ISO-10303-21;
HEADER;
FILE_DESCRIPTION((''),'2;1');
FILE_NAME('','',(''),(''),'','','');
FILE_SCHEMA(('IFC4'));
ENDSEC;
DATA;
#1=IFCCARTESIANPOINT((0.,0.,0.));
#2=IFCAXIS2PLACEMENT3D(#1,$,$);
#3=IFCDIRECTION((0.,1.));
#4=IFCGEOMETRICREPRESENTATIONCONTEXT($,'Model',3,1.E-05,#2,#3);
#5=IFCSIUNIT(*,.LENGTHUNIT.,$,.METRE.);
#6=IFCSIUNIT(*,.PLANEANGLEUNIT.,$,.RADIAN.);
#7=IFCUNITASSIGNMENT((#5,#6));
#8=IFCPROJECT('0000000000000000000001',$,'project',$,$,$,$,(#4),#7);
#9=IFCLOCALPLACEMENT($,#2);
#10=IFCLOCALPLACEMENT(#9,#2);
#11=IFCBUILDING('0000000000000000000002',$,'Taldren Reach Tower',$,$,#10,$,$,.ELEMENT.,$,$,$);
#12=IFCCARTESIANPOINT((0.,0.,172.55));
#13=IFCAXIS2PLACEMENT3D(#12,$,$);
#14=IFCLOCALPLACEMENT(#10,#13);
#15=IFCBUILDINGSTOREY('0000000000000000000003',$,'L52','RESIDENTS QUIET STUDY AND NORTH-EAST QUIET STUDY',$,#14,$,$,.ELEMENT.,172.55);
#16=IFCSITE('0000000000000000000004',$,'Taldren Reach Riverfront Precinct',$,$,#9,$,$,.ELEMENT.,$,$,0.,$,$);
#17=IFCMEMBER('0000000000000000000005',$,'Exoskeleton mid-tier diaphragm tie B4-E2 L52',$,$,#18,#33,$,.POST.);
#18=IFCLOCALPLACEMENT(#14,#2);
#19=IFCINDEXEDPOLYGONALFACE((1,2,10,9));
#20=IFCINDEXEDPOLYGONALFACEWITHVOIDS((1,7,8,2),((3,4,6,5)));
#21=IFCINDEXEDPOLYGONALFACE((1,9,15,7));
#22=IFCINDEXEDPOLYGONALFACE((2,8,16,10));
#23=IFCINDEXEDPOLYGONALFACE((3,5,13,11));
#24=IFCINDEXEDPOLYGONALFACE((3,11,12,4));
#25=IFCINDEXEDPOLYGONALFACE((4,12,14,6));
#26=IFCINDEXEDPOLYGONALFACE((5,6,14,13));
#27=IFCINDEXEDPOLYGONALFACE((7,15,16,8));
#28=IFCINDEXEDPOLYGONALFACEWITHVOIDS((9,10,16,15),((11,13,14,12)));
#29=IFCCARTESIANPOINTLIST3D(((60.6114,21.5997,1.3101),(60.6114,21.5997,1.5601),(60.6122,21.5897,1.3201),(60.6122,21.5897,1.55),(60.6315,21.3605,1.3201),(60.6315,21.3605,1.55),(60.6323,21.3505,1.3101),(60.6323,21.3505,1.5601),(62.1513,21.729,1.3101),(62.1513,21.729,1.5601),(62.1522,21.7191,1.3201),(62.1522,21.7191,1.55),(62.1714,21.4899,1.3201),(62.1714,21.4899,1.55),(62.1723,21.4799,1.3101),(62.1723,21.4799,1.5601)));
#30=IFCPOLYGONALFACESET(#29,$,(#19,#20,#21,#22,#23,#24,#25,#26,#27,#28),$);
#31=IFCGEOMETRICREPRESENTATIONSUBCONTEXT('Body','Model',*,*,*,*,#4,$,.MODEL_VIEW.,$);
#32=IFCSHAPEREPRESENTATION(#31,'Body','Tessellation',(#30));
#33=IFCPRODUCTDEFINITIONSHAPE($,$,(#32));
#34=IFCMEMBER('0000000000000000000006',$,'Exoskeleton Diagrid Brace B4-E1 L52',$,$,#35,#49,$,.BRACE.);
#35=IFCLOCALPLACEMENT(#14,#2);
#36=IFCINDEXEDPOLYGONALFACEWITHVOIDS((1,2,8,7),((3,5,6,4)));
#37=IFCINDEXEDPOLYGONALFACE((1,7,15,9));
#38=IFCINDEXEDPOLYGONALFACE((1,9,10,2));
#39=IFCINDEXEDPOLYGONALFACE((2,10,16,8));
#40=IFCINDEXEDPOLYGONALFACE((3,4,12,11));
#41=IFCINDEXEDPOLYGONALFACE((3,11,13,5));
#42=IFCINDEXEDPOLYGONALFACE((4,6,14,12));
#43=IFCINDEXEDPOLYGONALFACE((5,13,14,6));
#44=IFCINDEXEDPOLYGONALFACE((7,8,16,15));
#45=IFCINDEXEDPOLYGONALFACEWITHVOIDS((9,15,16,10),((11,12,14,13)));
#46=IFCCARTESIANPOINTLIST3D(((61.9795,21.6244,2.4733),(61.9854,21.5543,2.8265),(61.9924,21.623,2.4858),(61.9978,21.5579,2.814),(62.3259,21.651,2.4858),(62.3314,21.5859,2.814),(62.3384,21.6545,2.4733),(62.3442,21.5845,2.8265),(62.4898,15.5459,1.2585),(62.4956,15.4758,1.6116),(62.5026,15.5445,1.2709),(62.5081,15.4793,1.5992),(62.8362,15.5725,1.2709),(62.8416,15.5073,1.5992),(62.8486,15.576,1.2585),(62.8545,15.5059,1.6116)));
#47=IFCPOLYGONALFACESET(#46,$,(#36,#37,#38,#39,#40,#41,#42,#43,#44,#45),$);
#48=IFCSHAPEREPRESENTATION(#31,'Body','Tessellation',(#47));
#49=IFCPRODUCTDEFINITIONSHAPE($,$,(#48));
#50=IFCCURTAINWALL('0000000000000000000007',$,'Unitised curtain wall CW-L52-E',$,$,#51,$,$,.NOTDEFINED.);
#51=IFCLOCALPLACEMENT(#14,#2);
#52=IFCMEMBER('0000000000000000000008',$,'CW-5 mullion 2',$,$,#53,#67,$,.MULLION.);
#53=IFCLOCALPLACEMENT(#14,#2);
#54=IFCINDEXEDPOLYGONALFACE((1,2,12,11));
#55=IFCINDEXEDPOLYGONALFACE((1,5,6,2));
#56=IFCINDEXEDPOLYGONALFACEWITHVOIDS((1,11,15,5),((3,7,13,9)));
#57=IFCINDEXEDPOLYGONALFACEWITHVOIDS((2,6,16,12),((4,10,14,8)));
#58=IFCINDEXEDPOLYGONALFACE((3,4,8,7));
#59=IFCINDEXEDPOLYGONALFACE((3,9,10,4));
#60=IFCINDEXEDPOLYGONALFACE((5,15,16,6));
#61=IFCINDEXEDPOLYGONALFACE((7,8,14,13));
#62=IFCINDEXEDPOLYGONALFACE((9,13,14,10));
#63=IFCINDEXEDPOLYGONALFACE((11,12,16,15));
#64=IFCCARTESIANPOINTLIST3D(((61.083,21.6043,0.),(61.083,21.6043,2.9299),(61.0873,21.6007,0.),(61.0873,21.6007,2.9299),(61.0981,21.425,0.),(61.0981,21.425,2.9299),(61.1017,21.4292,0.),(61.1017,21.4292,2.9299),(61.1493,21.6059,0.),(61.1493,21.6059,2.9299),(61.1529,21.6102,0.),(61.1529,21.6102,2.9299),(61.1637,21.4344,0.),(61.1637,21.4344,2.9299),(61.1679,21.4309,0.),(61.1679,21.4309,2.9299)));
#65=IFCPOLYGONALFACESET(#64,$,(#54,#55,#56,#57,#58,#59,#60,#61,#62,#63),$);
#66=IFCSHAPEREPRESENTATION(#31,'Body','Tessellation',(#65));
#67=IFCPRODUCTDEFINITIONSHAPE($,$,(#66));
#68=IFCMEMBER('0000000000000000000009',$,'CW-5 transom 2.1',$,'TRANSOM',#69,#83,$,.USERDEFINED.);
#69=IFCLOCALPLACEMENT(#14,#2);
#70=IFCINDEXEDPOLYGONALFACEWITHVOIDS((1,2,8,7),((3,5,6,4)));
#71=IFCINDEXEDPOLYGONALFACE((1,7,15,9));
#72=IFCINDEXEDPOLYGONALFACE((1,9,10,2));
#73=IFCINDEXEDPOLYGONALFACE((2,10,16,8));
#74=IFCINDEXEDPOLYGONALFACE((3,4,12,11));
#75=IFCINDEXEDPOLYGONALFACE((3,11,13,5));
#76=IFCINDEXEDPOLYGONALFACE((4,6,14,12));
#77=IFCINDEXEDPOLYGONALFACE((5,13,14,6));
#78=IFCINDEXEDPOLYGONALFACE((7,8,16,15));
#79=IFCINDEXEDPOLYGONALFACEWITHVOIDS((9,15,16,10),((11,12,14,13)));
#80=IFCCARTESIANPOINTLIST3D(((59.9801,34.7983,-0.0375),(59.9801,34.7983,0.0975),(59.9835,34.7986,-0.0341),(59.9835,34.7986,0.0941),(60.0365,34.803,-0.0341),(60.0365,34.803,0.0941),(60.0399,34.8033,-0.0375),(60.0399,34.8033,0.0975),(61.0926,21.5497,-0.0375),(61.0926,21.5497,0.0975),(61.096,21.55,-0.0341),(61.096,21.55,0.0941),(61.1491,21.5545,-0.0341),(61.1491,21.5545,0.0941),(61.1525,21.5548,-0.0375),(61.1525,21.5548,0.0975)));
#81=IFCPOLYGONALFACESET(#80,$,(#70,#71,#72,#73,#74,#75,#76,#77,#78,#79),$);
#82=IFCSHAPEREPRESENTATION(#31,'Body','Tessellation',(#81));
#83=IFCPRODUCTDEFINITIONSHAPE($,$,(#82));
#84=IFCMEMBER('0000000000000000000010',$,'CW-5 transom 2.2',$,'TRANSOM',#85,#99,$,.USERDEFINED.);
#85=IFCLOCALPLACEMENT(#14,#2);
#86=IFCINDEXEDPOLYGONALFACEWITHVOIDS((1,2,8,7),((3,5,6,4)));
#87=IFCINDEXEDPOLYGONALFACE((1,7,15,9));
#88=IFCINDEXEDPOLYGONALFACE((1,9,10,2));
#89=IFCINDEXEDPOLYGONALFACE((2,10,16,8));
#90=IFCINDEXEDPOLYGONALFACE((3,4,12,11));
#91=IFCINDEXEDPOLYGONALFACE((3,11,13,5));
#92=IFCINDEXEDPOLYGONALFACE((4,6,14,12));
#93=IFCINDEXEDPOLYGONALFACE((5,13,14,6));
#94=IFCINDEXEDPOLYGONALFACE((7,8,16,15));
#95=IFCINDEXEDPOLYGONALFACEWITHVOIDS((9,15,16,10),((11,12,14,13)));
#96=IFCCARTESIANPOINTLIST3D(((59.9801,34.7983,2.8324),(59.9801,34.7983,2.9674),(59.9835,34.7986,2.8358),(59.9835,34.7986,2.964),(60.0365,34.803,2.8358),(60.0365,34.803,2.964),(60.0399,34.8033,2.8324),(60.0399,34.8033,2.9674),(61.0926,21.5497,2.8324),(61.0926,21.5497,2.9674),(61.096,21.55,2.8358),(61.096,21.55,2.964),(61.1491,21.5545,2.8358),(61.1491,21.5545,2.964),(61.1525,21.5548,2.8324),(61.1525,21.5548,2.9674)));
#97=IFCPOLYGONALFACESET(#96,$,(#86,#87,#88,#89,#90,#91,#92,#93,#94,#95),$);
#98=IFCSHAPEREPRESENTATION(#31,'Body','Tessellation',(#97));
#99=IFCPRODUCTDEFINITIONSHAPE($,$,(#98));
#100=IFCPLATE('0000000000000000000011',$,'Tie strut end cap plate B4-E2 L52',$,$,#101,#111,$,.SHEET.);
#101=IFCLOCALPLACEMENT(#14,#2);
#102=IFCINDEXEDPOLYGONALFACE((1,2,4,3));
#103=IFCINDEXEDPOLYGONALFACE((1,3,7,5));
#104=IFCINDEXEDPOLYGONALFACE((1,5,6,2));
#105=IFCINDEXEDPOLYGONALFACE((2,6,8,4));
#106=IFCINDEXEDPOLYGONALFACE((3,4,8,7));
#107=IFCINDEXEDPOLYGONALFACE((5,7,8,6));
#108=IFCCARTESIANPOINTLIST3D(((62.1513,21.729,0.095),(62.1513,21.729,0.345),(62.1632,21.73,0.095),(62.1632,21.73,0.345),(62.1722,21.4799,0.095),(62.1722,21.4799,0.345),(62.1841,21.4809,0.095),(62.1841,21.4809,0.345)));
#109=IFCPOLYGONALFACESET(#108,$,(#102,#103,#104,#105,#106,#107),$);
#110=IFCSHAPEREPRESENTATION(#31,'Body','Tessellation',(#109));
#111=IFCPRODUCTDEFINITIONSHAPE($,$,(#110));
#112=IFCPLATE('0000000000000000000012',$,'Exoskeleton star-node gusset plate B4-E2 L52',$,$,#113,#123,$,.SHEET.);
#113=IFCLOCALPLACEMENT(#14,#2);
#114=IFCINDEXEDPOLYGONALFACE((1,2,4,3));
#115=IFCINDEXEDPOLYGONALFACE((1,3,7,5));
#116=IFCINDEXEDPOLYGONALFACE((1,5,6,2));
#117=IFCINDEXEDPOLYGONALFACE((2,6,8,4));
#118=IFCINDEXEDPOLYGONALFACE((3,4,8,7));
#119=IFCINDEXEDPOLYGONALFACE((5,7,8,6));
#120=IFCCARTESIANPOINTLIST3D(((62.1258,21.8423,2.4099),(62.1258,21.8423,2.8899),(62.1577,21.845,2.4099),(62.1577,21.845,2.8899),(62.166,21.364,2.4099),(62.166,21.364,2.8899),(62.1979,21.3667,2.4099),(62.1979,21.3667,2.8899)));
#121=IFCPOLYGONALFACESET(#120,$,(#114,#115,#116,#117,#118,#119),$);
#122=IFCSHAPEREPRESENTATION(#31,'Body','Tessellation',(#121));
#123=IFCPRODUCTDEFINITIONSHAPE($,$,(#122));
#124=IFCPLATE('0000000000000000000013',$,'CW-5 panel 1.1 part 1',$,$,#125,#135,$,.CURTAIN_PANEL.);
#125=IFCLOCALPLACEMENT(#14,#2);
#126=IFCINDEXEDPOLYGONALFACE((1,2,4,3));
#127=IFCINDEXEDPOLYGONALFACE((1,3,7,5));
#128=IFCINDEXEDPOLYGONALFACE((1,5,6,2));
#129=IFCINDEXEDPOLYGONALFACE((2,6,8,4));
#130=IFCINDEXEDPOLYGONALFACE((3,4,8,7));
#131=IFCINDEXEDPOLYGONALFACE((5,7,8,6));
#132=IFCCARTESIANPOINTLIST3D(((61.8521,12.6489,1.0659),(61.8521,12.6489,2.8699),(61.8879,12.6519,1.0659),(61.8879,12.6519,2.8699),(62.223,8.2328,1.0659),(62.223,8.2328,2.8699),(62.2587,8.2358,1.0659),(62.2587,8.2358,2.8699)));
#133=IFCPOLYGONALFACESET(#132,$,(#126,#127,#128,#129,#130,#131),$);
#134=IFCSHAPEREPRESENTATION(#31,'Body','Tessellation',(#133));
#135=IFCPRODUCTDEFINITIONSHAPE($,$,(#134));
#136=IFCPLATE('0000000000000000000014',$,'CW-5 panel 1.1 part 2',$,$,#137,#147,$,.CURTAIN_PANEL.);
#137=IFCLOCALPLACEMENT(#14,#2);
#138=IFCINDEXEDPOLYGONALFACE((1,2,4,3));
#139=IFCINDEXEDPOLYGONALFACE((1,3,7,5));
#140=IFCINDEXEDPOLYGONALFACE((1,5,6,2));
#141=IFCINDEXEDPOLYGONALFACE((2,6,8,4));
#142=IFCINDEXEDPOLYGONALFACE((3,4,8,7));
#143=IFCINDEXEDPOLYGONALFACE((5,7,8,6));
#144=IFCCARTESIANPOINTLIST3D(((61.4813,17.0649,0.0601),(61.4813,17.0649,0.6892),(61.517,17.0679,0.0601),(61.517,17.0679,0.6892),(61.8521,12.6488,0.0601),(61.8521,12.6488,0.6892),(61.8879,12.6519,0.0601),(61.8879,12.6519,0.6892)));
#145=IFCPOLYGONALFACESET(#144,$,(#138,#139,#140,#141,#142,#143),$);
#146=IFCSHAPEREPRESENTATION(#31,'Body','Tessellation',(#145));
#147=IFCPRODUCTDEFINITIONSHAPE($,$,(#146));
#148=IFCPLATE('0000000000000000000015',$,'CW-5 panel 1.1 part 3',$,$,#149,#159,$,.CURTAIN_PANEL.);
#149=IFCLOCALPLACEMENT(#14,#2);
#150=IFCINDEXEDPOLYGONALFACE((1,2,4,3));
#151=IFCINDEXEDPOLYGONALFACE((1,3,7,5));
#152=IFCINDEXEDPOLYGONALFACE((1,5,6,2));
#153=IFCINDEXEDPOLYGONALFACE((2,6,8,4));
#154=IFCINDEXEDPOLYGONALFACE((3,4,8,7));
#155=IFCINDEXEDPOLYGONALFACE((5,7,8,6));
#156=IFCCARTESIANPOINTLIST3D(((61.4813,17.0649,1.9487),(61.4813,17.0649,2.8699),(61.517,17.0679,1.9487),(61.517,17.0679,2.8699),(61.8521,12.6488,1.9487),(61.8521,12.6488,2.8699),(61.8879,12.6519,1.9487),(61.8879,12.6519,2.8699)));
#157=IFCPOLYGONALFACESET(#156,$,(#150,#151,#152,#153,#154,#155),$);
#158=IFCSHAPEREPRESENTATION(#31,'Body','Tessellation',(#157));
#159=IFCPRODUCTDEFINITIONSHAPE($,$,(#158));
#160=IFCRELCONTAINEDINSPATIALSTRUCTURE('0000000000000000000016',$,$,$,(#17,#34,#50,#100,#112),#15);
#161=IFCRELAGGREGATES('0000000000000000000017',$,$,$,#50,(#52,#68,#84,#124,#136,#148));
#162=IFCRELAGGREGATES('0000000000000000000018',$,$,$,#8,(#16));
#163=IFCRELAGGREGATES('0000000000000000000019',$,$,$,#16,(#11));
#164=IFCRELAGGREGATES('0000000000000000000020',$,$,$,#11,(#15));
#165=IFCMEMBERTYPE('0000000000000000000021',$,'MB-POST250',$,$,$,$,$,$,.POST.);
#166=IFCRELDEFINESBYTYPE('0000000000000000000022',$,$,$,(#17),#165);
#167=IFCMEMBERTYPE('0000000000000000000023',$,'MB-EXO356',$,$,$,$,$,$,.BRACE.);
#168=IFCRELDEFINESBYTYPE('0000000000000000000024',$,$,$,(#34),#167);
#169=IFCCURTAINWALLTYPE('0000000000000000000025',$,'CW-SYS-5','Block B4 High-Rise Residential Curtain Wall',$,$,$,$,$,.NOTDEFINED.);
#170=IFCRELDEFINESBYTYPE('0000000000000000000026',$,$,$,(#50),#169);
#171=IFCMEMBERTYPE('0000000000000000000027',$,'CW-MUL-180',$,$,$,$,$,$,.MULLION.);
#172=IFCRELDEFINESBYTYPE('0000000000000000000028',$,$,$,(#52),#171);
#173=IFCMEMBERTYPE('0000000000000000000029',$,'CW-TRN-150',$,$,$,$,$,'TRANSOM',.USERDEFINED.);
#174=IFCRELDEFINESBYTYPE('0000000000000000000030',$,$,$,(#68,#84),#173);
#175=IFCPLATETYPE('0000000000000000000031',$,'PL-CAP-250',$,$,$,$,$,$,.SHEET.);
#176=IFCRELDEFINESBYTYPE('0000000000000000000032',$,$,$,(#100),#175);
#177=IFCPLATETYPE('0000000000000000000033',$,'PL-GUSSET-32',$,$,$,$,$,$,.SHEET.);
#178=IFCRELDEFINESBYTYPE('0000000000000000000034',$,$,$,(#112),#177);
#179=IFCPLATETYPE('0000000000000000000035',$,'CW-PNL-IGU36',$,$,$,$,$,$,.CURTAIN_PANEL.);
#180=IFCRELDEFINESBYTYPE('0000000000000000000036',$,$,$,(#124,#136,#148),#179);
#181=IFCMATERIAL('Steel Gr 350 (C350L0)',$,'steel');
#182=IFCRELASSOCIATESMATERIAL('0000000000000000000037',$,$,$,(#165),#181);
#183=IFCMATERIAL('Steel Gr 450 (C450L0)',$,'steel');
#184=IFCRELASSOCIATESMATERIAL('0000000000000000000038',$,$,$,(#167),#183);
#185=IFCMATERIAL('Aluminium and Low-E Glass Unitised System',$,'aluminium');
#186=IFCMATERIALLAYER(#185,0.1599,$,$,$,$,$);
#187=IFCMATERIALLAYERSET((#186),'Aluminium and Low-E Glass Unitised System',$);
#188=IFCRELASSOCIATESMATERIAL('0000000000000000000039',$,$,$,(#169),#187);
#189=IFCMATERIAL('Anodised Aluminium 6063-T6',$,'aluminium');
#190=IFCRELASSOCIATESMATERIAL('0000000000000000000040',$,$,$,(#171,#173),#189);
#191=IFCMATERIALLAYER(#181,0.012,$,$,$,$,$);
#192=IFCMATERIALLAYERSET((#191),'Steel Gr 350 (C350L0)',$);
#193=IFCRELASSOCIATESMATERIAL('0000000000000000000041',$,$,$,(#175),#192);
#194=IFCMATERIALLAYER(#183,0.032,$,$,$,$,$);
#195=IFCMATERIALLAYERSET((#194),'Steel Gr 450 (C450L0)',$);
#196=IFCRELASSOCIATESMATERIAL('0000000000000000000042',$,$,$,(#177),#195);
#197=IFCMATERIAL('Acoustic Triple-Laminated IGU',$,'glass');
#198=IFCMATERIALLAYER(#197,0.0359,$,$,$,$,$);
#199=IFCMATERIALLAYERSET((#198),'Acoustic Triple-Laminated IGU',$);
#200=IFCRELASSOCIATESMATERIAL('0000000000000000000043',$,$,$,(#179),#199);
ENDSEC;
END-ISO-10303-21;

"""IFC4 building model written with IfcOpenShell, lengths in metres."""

from ifc_helpers import new_model, si_unit, direction, frame, origin, origin_2d, place, context, subcontext, project, spatial, rectangle, hollow_rectangle, extrude, source, transform, mapped, material, layer, layer_set, material_profile, profile_set, type_object, element, aggregate, save


model = new_model("IFC4")

# Units and contexts
model_context = context("Model", 3, precision=1e-05, world=origin(), true_north=direction((0.0, 1.0)))
body_context = subcontext(model_context, "Body", "Model", "MODEL_VIEW")
ifc_project = project(units=[si_unit("LENGTHUNIT", "METRE"), si_unit("PLANEANGLEUNIT", "RADIAN")], contexts=[model_context])

# Site, building, storey
site_placement = place(None, origin())
site = spatial("IfcSite", under=ifc_project, at=site_placement, Name="Taldren Reach Riverfront Precinct", CompositionType="ELEMENT", RefElevation=0.0)
building_placement = place(site_placement, origin())
building = spatial("IfcBuilding", under=site, at=building_placement, Name="Taldren Reach Tower", CompositionType="ELEMENT")
storey_placement = place(building_placement, frame((0.0, 0.0, 172.55)))
storey = spatial("IfcBuildingStorey", under=building, at=storey_placement, Name="L52", Description="RESIDENTS QUIET STUDY AND NORTH-EAST QUIET STUDY", CompositionType="ELEMENT", Elevation=172.55)

# Members
ifc_material_1 = material(Name="Steel Gr 450 (C450L0)", Category="steel")
ifc_material_2 = material(Name="Steel Gr 350 (C350L0)", Category="steel")
ifc_material_profile_1 = material_profile(ifc_material_2, hollow_rectangle(XDim=0.25, YDim=0.25, WallThickness=0.01, at=origin_2d()), Name="250x250x10.0SHS")
ifc_profile_set_1 = profile_set([ifc_material_profile_1], Name="Steel Gr 350 (C350L0)")
member_type_1 = type_object("IfcMemberType", Name="MB-POST250", PredefinedType="POST", material=ifc_profile_set_1)
shared_shape_1 = source(origin(), body_context, "Body", "SweptSolid", [
    extrude(hollow_rectangle(XDim=0.25, YDim=0.25, WallThickness=0.01, at=origin_2d()), origin(), (0.0, 0.0, 1.0), 1.5454),
])
for number, where, z_axis, x_axis, name in (
    (1, (60.6218, 21.4751, 1.4351), (0.996489, 0.083725, 0.0), (-0.083725, 0.996489, 0.0), "Exoskeleton mid-tier diaphragm tie B4-E2 L52"),
):
    element("IfcMember", number, at=place(storey_placement, frame(where, z_axis=z_axis, x_axis=x_axis)), inside=storey, type_object=member_type_1, Name=name, PredefinedType="POST", context=body_context, shape_type="MappedRepresentation", body=[
        mapped(shared_shape_1, transform((0.0, 0.0, 0.0), scale=1.0)),
    ])
ifc_material_profile_2 = material_profile(ifc_material_1, hollow_rectangle(XDim=0.3601, YDim=0.3601, WallThickness=0.0127, at=origin_2d()), Name="360x360x12.7SHS")
ifc_profile_set_2 = profile_set([ifc_material_profile_2], Name="Steel Gr 450 (C450L0)")
member_type_2 = type_object("IfcMemberType", Name="MB-EXO356", PredefinedType="BRACE", material=ifc_profile_set_2)
shared_shape_2 = source(origin(), body_context, "Body", "SweptSolid", [
    extrude(hollow_rectangle(XDim=0.3601, YDim=0.3601, WallThickness=0.0127, at=origin_2d()), origin(), (0.0, 0.0, 1.0), 6.2197),
])
member_1_placement = place(storey_placement, frame((62.6721, 15.5259, 1.4351), z_axis=(-0.082037, 0.977303, 0.195319), x_axis=(-0.996495, -0.083648, 0.0)))
element("IfcMember", 2, at=member_1_placement, inside=storey, type_object=member_type_2, Name="Exoskeleton Diagrid Brace B4-E1 L52", PredefinedType="BRACE", context=body_context, shape_type="MappedRepresentation", body=[
    mapped(shared_shape_2, transform((0.0, 0.0, 0.0), scale=1.0)),
])

# Curtain wall, members
ifc_material_3 = material(Name="Aluminium and Low-E Glass Unitised System", Category="aluminium")
ifc_layer_1 = layer(ifc_material_3, 0.1599)
ifc_layer_set_1 = layer_set([ifc_layer_1], Name="Aluminium and Low-E Glass Unitised System")
curtain_wall_type = type_object("IfcCurtainWallType", Name="CW-SYS-5", Description="Block B4 High-Rise Residential Curtain Wall", PredefinedType="NOTDEFINED", material=ifc_layer_set_1)
curtain_wall_placement = place(storey_placement, origin())
curtain_wall = element("IfcCurtainWall", 3, at=curtain_wall_placement, inside=storey, type_object=curtain_wall_type, Name="Unitised curtain wall CW-L52-E", PredefinedType="NOTDEFINED")
ifc_material_4 = material(Name="Anodised Aluminium 6063-T6", Category="aluminium")
ifc_material_profile_3 = material_profile(ifc_material_4, hollow_rectangle(XDim=0.0701, YDim=0.1799, WallThickness=0.0039, at=origin_2d()), Name="ALU-180x70x4RHS")
ifc_profile_set_3 = profile_set([ifc_material_profile_3], Name="Anodised Aluminium 6063-T6")
member_type_3 = type_object("IfcMemberType", Name="CW-MUL-180", PredefinedType="MULLION", material=ifc_profile_set_3)
shared_shape_3 = source(origin(), body_context, "Body", "SweptSolid", [
    extrude(hollow_rectangle(XDim=0.0701, YDim=0.1799, WallThickness=0.0039, at=origin_2d()), origin(), (0.0, 0.0, 1.0), 2.9299),
])
member_2_placement = place(storey_placement, frame((61.1255, 21.5176, 0.0), z_axis=(0.0, 0.0, 1.0), x_axis=(-0.996493, -0.083678, 0.0)))
member_2 = element("IfcMember", 4, at=member_2_placement, type_object=member_type_3, Name="CW-5 mullion 2", PredefinedType="MULLION", context=body_context, shape_type="MappedRepresentation", body=[
    mapped(shared_shape_3, transform((0.0, 0.0, 0.0), scale=1.0)),
])
ifc_material_profile_4 = material_profile(ifc_material_4, hollow_rectangle(XDim=0.0601, YDim=0.135, WallThickness=0.0034, at=origin_2d()), Name="ALU-135x60x3.5RHS")
ifc_profile_set_4 = profile_set([ifc_material_profile_4], Name="Anodised Aluminium 6063-T6")
member_type_4 = type_object("IfcMemberType", Name="CW-TRN-150", ElementType="TRANSOM", PredefinedType="USERDEFINED", material=ifc_profile_set_4)
shared_shape_4 = source(origin(), body_context, "Body", "SweptSolid", [
    extrude(hollow_rectangle(XDim=0.0601, YDim=0.135, WallThickness=0.0034, at=origin_2d()), origin(), (0.0, 0.0, 1.0), 13.2952),
])
member_3_placement = place(storey_placement, frame((61.1226, 21.5522, 0.03), z_axis=(-0.083681, 0.996493, 0.0), x_axis=(-0.996493, -0.083681, 0.0)))
member_3 = element("IfcMember", 5, at=member_3_placement, type_object=member_type_4, Name="CW-5 transom 2.1", ObjectType="TRANSOM", PredefinedType="USERDEFINED", context=body_context, shape_type="MappedRepresentation", body=[
    mapped(shared_shape_4, transform((0.0, 0.0, 0.0), scale=1.0)),
])
member_4_placement = place(storey_placement, frame((61.1226, 21.5522, 2.8999), z_axis=(-0.083681, 0.996493, 0.0), x_axis=(-0.996493, -0.083681, 0.0)))
member_4 = element("IfcMember", 6, at=member_4_placement, type_object=member_type_4, Name="CW-5 transom 2.2", ObjectType="TRANSOM", PredefinedType="USERDEFINED", context=body_context, shape_type="MappedRepresentation", body=[
    mapped(shared_shape_4, transform((0.0, 0.0, 0.0), scale=1.0)),
])

# Plates
ifc_layer_2 = layer(ifc_material_2, 0.012)
ifc_layer_set_2 = layer_set([ifc_layer_2], Name="Steel Gr 350 (C350L0)")
plate_type_1 = type_object("IfcPlateType", Name="PL-CAP-250", PredefinedType="SHEET", material=ifc_layer_set_2)
shared_shape_5 = source(origin(), body_context, "Body", "SweptSolid", [
    extrude(rectangle(XDim=0.012, YDim=0.25, at=origin_2d()), origin(), (0.0, 0.0, 1.0), 0.25),
])
plate_1_placement = place(storey_placement, frame((62.1677, 21.605, 0.095), z_axis=(0.0, 0.0, 1.0), x_axis=(0.996493, 0.083678, 0.0)))
element("IfcPlate", 7, at=plate_1_placement, inside=storey, type_object=plate_type_1, Name="Tie strut end cap plate B4-E2 L52", PredefinedType="SHEET", context=body_context, shape_type="MappedRepresentation", body=[
    mapped(shared_shape_5, transform((0.0, 0.0, 0.0), scale=1.0)),
])
ifc_layer_3 = layer(ifc_material_1, 0.032)
ifc_layer_set_3 = layer_set([ifc_layer_3], Name="Steel Gr 450 (C450L0)")
plate_type_2 = type_object("IfcPlateType", Name="PL-GUSSET-32", PredefinedType="SHEET", material=ifc_layer_set_3)
shared_shape_6 = source(origin(), body_context, "Body", "SweptSolid", [
    extrude(rectangle(XDim=0.48, YDim=0.032, at=origin_2d()), origin(), (0.0, 0.0, 1.0), 0.48),
])
plate_2_placement = place(storey_placement, frame((62.1619, 21.6045, 2.4099), z_axis=(0.0, 0.0, 1.0), x_axis=(-0.083678, 0.996493, 0.0)))
element("IfcPlate", 8, at=plate_2_placement, inside=storey, type_object=plate_type_2, Name="Exoskeleton star-node gusset plate B4-E2 L52", PredefinedType="SHEET", context=body_context, shape_type="MappedRepresentation", body=[
    mapped(shared_shape_6, transform((0.0, 0.0, 0.0), scale=1.0)),
])

# Plates
ifc_material_5 = material(Name="Acoustic Triple-Laminated IGU", Category="glass")
ifc_layer_4 = layer(ifc_material_5, 0.0359)
ifc_layer_set_4 = layer_set([ifc_layer_4], Name="Acoustic Triple-Laminated IGU")
plate_type_3 = type_object("IfcPlateType", Name="CW-PNL-IGU36", PredefinedType="CURTAIN_PANEL", material=ifc_layer_set_4)
shared_shape_7 = source(origin(), body_context, "Body", "SweptSolid", [
    extrude(rectangle(XDim=4.4316, YDim=0.0359, at=origin_2d()), origin(), (0.0, 0.0, 1.0), 1.804),
])
plate_3_placement = place(storey_placement, frame((62.0554, 10.4424, 1.0659), z_axis=(0.0, 0.0, 1.0), x_axis=(-0.083678, 0.996493, 0.0)))
plate_3 = element("IfcPlate", 9, at=plate_3_placement, type_object=plate_type_3, Name="CW-5 panel 1.1 part 1", PredefinedType="CURTAIN_PANEL", context=body_context, shape_type="MappedRepresentation", body=[
    mapped(shared_shape_7, transform((0.0, 0.0, 0.0), scale=1.0)),
])
shared_shape_8 = source(origin(), body_context, "Body", "SweptSolid", [
    extrude(rectangle(XDim=4.4316, YDim=0.0359, at=origin_2d()), origin(), (0.0, 0.0, 1.0), 0.6292),
])
plate_4_placement = place(storey_placement, frame((61.6846, 14.8584, 0.0601), z_axis=(0.0, 0.0, 1.0), x_axis=(-0.083678, 0.996493, 0.0)))
plate_4 = element("IfcPlate", 10, at=plate_4_placement, type_object=plate_type_3, Name="CW-5 panel 1.1 part 2", PredefinedType="CURTAIN_PANEL", context=body_context, shape_type="MappedRepresentation", body=[
    mapped(shared_shape_8, transform((0.0, 0.0, 0.0), scale=1.0)),
])
shared_shape_9 = source(origin(), body_context, "Body", "SweptSolid", [
    extrude(rectangle(XDim=4.4316, YDim=0.0359, at=origin_2d()), origin(), (0.0, 0.0, 1.0), 0.9211),
])
plate_5_placement = place(storey_placement, frame((61.6846, 14.8584, 1.9487), z_axis=(0.0, 0.0, 1.0), x_axis=(-0.083678, 0.996493, 0.0)))
plate_5 = element("IfcPlate", 11, at=plate_5_placement, type_object=plate_type_3, Name="CW-5 panel 1.1 part 3", PredefinedType="CURTAIN_PANEL", context=body_context, shape_type="MappedRepresentation", body=[
    mapped(shared_shape_9, transform((0.0, 0.0, 0.0), scale=1.0)),
])
aggregate(curtain_wall, [member_2, member_3, member_4, plate_3, plate_4, plate_5])

save(model, "model.ifc")
